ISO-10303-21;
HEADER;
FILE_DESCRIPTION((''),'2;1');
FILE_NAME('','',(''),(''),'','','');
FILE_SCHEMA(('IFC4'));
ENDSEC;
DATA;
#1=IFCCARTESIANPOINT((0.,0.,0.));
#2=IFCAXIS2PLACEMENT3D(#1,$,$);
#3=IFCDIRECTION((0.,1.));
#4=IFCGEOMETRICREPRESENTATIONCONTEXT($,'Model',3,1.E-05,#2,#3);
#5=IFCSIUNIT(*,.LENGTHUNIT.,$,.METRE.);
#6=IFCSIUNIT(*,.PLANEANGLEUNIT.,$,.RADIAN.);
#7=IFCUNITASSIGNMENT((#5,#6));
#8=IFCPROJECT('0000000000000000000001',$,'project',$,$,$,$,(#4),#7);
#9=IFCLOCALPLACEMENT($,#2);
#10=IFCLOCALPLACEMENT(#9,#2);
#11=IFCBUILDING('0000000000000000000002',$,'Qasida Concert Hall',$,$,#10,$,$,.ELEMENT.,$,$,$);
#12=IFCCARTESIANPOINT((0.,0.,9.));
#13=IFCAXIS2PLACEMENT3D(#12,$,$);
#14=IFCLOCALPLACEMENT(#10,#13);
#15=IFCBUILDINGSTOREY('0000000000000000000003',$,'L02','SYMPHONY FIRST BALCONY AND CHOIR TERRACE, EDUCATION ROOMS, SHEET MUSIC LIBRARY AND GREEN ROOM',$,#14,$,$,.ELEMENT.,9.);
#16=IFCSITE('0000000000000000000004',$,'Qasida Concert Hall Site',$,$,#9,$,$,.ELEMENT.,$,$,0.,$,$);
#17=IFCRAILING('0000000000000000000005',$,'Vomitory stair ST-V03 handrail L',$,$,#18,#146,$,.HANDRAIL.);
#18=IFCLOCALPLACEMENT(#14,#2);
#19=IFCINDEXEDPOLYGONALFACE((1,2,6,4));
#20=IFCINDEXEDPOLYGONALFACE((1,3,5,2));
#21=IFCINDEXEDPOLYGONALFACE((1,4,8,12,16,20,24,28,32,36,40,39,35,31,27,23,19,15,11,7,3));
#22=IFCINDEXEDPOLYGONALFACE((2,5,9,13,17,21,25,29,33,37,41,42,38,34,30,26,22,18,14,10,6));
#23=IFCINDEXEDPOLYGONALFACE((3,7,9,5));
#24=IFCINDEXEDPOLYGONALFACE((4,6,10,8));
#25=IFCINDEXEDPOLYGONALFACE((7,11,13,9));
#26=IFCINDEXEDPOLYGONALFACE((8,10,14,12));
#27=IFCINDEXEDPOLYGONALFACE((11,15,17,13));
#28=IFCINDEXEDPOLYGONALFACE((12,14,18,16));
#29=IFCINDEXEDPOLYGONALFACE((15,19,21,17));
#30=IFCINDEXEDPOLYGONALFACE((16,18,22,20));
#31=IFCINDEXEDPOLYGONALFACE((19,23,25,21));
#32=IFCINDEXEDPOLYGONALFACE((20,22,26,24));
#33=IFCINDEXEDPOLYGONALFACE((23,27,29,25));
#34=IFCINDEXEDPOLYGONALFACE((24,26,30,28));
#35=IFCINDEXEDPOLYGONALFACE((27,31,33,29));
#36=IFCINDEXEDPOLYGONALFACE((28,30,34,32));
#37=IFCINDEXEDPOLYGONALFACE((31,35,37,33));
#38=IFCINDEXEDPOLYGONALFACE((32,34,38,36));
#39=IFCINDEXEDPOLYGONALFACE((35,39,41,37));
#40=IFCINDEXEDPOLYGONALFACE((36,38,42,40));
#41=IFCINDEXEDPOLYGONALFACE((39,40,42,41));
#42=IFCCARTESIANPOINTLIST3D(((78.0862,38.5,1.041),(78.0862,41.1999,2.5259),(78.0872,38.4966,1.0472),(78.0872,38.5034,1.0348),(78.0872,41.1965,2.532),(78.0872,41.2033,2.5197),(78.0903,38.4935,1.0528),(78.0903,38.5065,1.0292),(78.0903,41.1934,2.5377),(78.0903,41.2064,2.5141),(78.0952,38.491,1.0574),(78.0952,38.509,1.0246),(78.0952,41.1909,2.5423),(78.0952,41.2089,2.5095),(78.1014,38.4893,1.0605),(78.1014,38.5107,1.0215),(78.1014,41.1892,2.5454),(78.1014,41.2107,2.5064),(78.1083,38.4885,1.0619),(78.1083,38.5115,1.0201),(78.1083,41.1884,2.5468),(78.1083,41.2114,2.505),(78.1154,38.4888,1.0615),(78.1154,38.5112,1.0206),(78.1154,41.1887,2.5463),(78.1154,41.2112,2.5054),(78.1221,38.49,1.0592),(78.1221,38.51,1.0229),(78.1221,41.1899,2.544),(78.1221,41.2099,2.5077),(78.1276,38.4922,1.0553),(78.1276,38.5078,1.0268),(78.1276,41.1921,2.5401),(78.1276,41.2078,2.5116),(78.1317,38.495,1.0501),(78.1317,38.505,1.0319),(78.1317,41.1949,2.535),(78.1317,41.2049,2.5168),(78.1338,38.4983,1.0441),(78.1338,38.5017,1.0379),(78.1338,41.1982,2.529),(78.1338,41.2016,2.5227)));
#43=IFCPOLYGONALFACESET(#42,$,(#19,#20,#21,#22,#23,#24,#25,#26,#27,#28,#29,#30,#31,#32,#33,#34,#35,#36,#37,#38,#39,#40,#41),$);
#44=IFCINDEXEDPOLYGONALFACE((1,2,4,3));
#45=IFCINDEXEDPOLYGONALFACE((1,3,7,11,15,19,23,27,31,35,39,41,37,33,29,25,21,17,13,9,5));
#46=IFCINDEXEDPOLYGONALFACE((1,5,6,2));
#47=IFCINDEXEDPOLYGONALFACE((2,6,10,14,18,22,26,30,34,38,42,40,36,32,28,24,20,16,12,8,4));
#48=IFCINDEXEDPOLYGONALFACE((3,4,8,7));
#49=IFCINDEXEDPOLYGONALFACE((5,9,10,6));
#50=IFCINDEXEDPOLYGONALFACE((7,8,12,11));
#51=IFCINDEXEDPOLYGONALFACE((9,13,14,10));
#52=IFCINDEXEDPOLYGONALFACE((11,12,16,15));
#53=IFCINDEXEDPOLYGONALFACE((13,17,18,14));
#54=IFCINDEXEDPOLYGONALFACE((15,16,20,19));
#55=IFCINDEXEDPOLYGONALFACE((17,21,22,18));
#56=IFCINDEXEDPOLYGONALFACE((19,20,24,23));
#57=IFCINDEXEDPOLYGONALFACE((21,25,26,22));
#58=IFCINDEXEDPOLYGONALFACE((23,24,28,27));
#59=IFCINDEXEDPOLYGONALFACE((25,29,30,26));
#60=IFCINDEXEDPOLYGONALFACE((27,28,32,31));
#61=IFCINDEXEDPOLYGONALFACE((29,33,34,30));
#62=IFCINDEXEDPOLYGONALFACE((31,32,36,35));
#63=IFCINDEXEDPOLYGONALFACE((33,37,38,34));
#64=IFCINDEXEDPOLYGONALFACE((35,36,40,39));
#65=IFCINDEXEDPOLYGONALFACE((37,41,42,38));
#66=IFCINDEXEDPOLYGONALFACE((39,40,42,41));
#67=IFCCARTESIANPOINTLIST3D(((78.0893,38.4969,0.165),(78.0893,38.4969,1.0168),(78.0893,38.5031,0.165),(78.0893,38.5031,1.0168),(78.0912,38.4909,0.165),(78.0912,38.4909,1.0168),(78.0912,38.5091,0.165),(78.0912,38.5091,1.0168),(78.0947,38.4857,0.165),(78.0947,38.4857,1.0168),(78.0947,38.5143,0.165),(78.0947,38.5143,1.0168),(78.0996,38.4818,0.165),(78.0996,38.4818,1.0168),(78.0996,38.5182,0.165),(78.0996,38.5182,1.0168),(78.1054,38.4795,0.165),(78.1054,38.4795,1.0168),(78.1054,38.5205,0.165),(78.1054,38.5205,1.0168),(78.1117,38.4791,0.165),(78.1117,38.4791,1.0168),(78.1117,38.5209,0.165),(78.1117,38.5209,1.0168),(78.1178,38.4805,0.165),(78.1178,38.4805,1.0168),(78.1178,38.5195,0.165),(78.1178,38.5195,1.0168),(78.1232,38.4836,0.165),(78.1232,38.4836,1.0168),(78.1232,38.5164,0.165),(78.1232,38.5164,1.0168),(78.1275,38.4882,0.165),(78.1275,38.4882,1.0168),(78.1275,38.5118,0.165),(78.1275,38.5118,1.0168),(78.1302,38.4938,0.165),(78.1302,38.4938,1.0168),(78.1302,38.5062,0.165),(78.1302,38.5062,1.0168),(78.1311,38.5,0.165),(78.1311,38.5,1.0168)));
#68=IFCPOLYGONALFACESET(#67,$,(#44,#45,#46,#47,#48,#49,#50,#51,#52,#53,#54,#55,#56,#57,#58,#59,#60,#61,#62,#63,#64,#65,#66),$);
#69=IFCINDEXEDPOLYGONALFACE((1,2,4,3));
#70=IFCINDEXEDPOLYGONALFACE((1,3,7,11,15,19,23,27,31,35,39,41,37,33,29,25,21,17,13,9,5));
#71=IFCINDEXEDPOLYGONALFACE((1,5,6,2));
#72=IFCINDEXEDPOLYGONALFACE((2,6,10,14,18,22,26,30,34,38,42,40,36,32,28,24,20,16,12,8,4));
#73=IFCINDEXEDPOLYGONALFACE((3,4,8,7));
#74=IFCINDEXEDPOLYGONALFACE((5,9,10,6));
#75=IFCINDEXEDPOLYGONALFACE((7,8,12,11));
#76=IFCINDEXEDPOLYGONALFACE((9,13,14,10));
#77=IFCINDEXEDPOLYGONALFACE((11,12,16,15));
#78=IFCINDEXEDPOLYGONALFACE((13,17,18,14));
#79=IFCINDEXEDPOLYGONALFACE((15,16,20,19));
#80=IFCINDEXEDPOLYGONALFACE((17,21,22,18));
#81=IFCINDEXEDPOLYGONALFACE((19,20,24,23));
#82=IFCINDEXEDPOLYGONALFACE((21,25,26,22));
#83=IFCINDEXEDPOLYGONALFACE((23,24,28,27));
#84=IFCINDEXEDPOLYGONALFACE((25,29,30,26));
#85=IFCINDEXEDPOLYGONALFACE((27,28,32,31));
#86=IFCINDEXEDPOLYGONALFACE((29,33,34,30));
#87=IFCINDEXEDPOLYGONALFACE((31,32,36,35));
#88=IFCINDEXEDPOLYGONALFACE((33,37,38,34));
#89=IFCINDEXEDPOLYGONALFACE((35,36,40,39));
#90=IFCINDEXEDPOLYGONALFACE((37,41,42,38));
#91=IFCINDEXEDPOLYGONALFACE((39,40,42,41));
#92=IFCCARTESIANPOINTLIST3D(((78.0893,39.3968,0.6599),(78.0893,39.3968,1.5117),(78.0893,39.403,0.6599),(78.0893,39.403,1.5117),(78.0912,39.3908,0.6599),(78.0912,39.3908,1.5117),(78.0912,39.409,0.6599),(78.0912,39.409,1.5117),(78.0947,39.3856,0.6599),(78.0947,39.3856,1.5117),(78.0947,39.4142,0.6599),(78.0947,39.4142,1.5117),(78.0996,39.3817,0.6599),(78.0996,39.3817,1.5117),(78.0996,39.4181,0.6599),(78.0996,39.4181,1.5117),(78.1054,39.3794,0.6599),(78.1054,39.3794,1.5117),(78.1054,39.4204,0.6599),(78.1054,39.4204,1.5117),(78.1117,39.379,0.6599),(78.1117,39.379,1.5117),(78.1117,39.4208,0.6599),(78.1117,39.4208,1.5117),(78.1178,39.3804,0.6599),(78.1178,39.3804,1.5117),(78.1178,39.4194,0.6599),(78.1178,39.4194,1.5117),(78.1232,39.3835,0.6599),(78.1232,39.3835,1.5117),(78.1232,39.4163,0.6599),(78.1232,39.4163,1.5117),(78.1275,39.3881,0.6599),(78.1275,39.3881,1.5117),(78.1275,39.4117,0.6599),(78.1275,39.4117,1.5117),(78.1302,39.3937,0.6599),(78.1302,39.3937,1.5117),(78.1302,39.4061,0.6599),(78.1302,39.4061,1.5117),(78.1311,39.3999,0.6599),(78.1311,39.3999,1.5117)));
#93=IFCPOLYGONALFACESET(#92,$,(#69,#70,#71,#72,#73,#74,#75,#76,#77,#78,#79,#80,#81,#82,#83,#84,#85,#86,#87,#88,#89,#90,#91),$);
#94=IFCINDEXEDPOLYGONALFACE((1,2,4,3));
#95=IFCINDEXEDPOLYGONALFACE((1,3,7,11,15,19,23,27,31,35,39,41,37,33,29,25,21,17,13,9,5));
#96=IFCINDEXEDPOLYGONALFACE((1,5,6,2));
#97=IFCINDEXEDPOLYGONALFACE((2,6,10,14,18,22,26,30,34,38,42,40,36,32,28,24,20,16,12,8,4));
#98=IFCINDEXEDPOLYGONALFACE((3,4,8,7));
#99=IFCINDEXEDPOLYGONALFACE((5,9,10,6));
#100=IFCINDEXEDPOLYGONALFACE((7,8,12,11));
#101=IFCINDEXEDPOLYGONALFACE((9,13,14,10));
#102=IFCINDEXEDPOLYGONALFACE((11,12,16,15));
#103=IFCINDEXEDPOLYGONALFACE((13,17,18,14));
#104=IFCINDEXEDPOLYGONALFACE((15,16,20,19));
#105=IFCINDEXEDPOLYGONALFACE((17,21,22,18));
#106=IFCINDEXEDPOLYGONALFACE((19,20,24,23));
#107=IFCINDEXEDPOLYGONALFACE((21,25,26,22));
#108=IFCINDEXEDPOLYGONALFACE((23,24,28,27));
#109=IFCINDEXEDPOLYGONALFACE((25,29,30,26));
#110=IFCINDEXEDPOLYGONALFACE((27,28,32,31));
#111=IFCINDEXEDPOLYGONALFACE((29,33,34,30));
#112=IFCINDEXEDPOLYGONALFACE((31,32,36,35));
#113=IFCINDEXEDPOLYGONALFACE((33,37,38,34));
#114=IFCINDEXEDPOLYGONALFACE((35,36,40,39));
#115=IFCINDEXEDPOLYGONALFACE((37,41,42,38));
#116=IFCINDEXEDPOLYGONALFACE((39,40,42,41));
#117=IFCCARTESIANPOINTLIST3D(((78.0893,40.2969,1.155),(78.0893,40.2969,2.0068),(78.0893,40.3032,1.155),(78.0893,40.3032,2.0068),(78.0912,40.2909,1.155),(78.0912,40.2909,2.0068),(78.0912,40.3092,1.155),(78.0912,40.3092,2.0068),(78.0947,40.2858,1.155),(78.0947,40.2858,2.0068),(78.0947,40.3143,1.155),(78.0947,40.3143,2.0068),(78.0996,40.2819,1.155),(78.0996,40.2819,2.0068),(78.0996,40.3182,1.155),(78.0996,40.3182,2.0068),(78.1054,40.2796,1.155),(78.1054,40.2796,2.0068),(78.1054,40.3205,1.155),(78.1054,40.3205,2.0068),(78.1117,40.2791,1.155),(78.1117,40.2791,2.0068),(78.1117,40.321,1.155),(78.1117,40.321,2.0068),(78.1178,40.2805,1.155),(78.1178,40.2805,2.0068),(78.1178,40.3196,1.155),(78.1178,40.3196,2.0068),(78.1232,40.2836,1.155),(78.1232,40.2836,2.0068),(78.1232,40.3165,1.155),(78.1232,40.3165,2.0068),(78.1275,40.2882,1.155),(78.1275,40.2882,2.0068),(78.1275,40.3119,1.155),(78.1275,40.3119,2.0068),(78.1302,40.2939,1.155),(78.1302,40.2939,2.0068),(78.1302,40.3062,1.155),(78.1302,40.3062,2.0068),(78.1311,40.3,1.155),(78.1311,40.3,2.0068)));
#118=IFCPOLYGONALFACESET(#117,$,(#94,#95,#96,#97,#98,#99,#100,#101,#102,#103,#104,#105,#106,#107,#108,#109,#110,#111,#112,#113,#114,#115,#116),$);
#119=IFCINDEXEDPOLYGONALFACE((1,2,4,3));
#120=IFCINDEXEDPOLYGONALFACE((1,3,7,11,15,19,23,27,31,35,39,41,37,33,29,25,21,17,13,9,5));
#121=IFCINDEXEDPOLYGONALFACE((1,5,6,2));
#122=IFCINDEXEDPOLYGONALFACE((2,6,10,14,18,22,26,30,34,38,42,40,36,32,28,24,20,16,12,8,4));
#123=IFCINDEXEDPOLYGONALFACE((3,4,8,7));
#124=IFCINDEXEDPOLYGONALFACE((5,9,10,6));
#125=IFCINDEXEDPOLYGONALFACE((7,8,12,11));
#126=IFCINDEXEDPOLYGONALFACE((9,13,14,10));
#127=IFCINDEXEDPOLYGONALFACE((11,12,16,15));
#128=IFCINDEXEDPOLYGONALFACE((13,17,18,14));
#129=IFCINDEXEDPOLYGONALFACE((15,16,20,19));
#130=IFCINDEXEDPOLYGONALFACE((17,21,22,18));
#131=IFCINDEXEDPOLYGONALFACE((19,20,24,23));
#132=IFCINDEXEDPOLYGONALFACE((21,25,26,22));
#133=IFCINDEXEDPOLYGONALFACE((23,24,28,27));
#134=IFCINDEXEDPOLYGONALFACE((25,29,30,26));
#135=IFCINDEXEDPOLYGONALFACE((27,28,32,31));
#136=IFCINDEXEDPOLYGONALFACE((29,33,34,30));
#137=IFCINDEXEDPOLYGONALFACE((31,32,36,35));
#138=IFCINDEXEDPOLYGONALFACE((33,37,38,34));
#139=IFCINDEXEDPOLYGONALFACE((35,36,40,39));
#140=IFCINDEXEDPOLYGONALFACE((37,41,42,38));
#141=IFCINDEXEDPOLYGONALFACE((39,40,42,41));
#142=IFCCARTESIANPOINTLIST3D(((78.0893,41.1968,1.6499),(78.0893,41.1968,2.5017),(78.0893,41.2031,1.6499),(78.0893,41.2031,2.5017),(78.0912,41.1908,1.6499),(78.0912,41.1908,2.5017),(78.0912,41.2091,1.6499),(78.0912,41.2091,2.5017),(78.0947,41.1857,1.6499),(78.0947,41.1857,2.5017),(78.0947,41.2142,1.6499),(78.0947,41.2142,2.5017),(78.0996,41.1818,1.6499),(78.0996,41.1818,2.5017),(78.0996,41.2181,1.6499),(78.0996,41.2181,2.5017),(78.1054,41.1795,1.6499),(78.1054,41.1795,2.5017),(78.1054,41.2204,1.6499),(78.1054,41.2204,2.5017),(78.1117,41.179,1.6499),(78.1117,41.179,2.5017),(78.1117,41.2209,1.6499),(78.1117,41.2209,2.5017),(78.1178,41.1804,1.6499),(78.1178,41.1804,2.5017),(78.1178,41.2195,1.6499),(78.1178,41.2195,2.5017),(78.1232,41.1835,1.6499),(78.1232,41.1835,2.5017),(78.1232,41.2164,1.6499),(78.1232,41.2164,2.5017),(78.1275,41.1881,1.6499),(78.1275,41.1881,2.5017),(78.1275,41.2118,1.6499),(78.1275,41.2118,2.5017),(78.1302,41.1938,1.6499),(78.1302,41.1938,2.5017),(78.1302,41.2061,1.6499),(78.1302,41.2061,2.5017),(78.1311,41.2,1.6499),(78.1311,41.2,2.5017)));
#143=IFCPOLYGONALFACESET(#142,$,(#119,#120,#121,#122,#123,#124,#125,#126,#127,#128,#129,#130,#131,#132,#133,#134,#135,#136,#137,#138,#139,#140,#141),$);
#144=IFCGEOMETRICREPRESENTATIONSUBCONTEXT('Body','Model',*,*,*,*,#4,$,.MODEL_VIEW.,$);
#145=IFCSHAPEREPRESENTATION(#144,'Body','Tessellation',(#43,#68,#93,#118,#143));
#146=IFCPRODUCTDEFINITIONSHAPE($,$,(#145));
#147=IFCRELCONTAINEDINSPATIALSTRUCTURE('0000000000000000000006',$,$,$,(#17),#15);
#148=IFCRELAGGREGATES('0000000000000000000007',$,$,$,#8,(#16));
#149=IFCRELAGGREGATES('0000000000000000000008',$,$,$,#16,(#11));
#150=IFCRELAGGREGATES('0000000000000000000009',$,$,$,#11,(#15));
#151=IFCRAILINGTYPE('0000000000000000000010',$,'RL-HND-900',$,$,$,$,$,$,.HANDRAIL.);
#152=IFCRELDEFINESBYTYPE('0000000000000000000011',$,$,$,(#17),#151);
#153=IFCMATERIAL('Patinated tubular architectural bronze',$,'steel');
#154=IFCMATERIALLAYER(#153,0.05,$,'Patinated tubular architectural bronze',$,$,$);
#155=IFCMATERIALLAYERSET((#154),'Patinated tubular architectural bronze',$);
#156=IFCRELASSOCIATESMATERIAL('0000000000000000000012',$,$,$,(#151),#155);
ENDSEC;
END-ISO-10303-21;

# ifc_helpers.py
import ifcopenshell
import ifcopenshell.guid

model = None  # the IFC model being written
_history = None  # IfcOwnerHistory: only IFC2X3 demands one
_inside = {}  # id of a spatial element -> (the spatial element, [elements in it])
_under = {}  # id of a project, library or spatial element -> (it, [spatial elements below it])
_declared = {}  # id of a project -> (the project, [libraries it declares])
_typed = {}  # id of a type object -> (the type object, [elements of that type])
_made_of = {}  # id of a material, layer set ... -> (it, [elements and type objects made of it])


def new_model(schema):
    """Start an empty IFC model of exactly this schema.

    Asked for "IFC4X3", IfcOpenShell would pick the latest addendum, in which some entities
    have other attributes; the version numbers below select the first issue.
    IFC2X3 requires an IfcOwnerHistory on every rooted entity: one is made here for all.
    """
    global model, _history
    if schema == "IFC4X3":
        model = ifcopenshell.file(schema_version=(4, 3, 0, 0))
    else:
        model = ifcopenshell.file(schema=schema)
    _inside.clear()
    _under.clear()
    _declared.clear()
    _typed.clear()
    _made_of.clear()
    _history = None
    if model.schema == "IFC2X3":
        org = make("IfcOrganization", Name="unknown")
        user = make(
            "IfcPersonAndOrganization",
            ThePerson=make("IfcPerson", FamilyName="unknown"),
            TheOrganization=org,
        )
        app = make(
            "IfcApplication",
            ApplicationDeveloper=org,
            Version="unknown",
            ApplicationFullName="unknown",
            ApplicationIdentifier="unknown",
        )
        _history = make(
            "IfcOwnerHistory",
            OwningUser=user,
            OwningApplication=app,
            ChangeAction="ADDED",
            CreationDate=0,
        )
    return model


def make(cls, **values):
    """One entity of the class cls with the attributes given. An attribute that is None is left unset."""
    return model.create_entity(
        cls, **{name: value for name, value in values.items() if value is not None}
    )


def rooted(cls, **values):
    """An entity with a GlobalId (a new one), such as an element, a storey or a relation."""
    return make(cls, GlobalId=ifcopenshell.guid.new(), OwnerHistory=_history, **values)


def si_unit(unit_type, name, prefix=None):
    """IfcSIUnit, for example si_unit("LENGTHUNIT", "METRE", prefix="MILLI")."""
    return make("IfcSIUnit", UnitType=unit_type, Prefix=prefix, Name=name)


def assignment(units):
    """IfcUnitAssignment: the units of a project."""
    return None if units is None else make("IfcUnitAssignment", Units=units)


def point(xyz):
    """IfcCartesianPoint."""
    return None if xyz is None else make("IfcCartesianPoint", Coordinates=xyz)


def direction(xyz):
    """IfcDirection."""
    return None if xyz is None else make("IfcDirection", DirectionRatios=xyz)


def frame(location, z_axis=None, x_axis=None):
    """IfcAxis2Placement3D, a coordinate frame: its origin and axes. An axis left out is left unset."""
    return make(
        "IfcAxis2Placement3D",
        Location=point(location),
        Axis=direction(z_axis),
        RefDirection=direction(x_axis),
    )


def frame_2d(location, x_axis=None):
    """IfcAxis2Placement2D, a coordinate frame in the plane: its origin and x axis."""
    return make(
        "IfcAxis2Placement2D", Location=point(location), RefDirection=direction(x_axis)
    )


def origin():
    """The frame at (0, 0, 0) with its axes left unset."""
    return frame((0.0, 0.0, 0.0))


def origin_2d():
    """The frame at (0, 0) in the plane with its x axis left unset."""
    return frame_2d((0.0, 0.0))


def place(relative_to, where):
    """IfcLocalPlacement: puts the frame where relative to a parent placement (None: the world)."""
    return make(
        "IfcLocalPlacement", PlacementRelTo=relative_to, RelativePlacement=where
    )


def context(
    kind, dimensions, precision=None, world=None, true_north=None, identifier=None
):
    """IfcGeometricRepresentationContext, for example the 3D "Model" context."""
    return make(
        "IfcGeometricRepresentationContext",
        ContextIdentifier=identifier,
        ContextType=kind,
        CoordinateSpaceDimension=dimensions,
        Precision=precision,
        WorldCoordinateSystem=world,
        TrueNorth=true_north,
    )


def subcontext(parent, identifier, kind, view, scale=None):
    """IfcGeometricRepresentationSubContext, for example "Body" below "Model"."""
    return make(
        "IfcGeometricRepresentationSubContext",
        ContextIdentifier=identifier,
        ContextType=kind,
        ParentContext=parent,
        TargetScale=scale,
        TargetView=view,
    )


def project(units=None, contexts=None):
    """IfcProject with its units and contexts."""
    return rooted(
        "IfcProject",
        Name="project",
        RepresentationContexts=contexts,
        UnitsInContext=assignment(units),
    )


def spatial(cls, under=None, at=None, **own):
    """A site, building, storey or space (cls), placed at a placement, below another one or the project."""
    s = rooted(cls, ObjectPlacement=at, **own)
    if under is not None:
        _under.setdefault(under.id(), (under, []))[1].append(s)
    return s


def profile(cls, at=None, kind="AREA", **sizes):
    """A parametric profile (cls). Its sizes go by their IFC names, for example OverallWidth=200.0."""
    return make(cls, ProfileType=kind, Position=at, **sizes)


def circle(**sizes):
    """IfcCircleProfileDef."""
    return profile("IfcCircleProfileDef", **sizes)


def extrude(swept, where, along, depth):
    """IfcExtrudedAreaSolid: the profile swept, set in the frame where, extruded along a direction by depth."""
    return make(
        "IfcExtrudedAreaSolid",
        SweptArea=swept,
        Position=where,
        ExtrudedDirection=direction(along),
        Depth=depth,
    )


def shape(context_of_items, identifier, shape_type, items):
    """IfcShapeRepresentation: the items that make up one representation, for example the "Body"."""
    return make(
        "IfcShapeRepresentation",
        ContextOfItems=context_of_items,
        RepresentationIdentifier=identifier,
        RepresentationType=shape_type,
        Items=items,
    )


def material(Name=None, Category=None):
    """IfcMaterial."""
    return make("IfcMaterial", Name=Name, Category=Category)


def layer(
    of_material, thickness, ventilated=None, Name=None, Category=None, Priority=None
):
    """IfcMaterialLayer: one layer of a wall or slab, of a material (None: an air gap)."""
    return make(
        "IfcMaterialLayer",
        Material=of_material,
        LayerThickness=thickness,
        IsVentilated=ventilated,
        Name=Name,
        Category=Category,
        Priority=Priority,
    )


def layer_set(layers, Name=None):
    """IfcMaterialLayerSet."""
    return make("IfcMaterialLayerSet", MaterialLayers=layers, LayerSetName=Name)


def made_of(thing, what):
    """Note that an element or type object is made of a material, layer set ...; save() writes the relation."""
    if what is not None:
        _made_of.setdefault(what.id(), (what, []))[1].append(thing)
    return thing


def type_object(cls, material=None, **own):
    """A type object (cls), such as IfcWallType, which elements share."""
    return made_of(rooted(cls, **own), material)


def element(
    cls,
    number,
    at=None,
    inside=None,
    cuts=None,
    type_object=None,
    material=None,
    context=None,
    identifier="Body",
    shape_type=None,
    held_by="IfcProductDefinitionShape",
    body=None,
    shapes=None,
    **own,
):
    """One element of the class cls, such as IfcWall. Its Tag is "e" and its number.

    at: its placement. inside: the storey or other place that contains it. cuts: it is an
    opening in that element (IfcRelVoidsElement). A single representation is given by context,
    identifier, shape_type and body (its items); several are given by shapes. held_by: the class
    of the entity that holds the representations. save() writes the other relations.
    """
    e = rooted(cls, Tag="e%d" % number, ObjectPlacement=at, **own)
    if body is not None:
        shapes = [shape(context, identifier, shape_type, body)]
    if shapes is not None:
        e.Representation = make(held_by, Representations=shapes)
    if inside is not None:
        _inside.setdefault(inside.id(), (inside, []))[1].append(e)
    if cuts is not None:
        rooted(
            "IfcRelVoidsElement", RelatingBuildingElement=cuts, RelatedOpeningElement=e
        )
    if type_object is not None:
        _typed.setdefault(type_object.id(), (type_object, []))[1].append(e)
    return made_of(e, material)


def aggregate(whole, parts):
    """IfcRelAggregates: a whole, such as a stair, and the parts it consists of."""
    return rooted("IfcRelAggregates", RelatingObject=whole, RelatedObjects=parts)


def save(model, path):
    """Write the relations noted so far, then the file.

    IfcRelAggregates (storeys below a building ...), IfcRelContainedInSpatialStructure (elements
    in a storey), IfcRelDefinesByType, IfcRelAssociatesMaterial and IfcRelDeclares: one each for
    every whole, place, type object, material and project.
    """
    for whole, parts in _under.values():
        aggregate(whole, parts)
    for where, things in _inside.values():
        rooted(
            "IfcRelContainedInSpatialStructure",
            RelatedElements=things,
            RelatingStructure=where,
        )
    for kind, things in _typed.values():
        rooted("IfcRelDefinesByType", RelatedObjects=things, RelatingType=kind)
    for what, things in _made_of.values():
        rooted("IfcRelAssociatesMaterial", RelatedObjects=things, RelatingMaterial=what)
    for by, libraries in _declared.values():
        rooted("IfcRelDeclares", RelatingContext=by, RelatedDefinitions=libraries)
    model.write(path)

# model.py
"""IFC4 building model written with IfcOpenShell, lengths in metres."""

from ifc_helpers import new_model, si_unit, direction, frame, origin, origin_2d, place, context, subcontext, project, spatial, circle, extrude, material, layer, layer_set, type_object, element, save


model = new_model("IFC4")

# Units and contexts
model_context = context("Model", 3, precision=1e-05, world=origin(), true_north=direction((0.0, 1.0)))
body_context = subcontext(model_context, "Body", "Model", "MODEL_VIEW")
ifc_project = project(units=[si_unit("LENGTHUNIT", "METRE"), si_unit("PLANEANGLEUNIT", "RADIAN")], contexts=[model_context])

# Site, building, storey
site_placement = place(None, origin())
site = spatial("IfcSite", under=ifc_project, at=site_placement, Name="Qasida Concert Hall Site", CompositionType="ELEMENT", RefElevation=0.0)
building_placement = place(site_placement, origin())
building = spatial("IfcBuilding", under=site, at=building_placement, Name="Qasida Concert Hall", CompositionType="ELEMENT")
storey_placement = place(building_placement, frame((0.0, 0.0, 9.0)))
storey = spatial("IfcBuildingStorey", under=building, at=storey_placement, Name="L02", Description="SYMPHONY FIRST BALCONY AND CHOIR TERRACE, EDUCATION ROOMS, SHEET MUSIC LIBRARY AND GREEN ROOM", CompositionType="ELEMENT", Elevation=9.0)

# Railing
ifc_material_1 = material(Name="Patinated tubular architectural bronze", Category="steel")
ifc_layer_1 = layer(ifc_material_1, 0.05, Name="Patinated tubular architectural bronze")
ifc_layer_set_1 = layer_set([ifc_layer_1], Name="Patinated tubular architectural bronze")
railing_type_1 = type_object("IfcRailingType", Name="RL-HND-900", PredefinedType="HANDRAIL", material=ifc_layer_set_1)
for number, where, name in (
    (1, (78.1101, 38.5, 0.165), "Vomitory stair ST-V03 handrail L"),
):
    element("IfcRailing", number, at=place(storey_placement, frame(where)), inside=storey, type_object=railing_type_1, Name=name, PredefinedType="HANDRAIL", context=body_context, shape_type="SweptSolid", body=[
        extrude(circle(Radius=0.0239, at=origin_2d()), frame((0.0, 0.0, 0.876), z_axis=(0.0, 0.876231, 0.481891), x_axis=(-1.0, 0.0, 0.0)), (0.0, 0.0, 1.0), 3.0813),
        extrude(circle(Radius=0.021, at=origin_2d()), origin(), (0.0, 0.0, 1.0), 0.8518),
        extrude(circle(Radius=0.021, at=origin_2d()), frame((0.0, 0.8999, 0.4949)), (0.0, 0.0, 1.0), 0.8518),
        extrude(circle(Radius=0.021, at=origin_2d()), frame((0.0, 1.8, 0.99)), (0.0, 0.0, 1.0), 0.8518),
        extrude(circle(Radius=0.021, at=origin_2d()), frame((0.0, 2.7, 1.4849)), (0.0, 0.0, 1.0), 0.8518),
    ])

save(model, "model.ifc")
